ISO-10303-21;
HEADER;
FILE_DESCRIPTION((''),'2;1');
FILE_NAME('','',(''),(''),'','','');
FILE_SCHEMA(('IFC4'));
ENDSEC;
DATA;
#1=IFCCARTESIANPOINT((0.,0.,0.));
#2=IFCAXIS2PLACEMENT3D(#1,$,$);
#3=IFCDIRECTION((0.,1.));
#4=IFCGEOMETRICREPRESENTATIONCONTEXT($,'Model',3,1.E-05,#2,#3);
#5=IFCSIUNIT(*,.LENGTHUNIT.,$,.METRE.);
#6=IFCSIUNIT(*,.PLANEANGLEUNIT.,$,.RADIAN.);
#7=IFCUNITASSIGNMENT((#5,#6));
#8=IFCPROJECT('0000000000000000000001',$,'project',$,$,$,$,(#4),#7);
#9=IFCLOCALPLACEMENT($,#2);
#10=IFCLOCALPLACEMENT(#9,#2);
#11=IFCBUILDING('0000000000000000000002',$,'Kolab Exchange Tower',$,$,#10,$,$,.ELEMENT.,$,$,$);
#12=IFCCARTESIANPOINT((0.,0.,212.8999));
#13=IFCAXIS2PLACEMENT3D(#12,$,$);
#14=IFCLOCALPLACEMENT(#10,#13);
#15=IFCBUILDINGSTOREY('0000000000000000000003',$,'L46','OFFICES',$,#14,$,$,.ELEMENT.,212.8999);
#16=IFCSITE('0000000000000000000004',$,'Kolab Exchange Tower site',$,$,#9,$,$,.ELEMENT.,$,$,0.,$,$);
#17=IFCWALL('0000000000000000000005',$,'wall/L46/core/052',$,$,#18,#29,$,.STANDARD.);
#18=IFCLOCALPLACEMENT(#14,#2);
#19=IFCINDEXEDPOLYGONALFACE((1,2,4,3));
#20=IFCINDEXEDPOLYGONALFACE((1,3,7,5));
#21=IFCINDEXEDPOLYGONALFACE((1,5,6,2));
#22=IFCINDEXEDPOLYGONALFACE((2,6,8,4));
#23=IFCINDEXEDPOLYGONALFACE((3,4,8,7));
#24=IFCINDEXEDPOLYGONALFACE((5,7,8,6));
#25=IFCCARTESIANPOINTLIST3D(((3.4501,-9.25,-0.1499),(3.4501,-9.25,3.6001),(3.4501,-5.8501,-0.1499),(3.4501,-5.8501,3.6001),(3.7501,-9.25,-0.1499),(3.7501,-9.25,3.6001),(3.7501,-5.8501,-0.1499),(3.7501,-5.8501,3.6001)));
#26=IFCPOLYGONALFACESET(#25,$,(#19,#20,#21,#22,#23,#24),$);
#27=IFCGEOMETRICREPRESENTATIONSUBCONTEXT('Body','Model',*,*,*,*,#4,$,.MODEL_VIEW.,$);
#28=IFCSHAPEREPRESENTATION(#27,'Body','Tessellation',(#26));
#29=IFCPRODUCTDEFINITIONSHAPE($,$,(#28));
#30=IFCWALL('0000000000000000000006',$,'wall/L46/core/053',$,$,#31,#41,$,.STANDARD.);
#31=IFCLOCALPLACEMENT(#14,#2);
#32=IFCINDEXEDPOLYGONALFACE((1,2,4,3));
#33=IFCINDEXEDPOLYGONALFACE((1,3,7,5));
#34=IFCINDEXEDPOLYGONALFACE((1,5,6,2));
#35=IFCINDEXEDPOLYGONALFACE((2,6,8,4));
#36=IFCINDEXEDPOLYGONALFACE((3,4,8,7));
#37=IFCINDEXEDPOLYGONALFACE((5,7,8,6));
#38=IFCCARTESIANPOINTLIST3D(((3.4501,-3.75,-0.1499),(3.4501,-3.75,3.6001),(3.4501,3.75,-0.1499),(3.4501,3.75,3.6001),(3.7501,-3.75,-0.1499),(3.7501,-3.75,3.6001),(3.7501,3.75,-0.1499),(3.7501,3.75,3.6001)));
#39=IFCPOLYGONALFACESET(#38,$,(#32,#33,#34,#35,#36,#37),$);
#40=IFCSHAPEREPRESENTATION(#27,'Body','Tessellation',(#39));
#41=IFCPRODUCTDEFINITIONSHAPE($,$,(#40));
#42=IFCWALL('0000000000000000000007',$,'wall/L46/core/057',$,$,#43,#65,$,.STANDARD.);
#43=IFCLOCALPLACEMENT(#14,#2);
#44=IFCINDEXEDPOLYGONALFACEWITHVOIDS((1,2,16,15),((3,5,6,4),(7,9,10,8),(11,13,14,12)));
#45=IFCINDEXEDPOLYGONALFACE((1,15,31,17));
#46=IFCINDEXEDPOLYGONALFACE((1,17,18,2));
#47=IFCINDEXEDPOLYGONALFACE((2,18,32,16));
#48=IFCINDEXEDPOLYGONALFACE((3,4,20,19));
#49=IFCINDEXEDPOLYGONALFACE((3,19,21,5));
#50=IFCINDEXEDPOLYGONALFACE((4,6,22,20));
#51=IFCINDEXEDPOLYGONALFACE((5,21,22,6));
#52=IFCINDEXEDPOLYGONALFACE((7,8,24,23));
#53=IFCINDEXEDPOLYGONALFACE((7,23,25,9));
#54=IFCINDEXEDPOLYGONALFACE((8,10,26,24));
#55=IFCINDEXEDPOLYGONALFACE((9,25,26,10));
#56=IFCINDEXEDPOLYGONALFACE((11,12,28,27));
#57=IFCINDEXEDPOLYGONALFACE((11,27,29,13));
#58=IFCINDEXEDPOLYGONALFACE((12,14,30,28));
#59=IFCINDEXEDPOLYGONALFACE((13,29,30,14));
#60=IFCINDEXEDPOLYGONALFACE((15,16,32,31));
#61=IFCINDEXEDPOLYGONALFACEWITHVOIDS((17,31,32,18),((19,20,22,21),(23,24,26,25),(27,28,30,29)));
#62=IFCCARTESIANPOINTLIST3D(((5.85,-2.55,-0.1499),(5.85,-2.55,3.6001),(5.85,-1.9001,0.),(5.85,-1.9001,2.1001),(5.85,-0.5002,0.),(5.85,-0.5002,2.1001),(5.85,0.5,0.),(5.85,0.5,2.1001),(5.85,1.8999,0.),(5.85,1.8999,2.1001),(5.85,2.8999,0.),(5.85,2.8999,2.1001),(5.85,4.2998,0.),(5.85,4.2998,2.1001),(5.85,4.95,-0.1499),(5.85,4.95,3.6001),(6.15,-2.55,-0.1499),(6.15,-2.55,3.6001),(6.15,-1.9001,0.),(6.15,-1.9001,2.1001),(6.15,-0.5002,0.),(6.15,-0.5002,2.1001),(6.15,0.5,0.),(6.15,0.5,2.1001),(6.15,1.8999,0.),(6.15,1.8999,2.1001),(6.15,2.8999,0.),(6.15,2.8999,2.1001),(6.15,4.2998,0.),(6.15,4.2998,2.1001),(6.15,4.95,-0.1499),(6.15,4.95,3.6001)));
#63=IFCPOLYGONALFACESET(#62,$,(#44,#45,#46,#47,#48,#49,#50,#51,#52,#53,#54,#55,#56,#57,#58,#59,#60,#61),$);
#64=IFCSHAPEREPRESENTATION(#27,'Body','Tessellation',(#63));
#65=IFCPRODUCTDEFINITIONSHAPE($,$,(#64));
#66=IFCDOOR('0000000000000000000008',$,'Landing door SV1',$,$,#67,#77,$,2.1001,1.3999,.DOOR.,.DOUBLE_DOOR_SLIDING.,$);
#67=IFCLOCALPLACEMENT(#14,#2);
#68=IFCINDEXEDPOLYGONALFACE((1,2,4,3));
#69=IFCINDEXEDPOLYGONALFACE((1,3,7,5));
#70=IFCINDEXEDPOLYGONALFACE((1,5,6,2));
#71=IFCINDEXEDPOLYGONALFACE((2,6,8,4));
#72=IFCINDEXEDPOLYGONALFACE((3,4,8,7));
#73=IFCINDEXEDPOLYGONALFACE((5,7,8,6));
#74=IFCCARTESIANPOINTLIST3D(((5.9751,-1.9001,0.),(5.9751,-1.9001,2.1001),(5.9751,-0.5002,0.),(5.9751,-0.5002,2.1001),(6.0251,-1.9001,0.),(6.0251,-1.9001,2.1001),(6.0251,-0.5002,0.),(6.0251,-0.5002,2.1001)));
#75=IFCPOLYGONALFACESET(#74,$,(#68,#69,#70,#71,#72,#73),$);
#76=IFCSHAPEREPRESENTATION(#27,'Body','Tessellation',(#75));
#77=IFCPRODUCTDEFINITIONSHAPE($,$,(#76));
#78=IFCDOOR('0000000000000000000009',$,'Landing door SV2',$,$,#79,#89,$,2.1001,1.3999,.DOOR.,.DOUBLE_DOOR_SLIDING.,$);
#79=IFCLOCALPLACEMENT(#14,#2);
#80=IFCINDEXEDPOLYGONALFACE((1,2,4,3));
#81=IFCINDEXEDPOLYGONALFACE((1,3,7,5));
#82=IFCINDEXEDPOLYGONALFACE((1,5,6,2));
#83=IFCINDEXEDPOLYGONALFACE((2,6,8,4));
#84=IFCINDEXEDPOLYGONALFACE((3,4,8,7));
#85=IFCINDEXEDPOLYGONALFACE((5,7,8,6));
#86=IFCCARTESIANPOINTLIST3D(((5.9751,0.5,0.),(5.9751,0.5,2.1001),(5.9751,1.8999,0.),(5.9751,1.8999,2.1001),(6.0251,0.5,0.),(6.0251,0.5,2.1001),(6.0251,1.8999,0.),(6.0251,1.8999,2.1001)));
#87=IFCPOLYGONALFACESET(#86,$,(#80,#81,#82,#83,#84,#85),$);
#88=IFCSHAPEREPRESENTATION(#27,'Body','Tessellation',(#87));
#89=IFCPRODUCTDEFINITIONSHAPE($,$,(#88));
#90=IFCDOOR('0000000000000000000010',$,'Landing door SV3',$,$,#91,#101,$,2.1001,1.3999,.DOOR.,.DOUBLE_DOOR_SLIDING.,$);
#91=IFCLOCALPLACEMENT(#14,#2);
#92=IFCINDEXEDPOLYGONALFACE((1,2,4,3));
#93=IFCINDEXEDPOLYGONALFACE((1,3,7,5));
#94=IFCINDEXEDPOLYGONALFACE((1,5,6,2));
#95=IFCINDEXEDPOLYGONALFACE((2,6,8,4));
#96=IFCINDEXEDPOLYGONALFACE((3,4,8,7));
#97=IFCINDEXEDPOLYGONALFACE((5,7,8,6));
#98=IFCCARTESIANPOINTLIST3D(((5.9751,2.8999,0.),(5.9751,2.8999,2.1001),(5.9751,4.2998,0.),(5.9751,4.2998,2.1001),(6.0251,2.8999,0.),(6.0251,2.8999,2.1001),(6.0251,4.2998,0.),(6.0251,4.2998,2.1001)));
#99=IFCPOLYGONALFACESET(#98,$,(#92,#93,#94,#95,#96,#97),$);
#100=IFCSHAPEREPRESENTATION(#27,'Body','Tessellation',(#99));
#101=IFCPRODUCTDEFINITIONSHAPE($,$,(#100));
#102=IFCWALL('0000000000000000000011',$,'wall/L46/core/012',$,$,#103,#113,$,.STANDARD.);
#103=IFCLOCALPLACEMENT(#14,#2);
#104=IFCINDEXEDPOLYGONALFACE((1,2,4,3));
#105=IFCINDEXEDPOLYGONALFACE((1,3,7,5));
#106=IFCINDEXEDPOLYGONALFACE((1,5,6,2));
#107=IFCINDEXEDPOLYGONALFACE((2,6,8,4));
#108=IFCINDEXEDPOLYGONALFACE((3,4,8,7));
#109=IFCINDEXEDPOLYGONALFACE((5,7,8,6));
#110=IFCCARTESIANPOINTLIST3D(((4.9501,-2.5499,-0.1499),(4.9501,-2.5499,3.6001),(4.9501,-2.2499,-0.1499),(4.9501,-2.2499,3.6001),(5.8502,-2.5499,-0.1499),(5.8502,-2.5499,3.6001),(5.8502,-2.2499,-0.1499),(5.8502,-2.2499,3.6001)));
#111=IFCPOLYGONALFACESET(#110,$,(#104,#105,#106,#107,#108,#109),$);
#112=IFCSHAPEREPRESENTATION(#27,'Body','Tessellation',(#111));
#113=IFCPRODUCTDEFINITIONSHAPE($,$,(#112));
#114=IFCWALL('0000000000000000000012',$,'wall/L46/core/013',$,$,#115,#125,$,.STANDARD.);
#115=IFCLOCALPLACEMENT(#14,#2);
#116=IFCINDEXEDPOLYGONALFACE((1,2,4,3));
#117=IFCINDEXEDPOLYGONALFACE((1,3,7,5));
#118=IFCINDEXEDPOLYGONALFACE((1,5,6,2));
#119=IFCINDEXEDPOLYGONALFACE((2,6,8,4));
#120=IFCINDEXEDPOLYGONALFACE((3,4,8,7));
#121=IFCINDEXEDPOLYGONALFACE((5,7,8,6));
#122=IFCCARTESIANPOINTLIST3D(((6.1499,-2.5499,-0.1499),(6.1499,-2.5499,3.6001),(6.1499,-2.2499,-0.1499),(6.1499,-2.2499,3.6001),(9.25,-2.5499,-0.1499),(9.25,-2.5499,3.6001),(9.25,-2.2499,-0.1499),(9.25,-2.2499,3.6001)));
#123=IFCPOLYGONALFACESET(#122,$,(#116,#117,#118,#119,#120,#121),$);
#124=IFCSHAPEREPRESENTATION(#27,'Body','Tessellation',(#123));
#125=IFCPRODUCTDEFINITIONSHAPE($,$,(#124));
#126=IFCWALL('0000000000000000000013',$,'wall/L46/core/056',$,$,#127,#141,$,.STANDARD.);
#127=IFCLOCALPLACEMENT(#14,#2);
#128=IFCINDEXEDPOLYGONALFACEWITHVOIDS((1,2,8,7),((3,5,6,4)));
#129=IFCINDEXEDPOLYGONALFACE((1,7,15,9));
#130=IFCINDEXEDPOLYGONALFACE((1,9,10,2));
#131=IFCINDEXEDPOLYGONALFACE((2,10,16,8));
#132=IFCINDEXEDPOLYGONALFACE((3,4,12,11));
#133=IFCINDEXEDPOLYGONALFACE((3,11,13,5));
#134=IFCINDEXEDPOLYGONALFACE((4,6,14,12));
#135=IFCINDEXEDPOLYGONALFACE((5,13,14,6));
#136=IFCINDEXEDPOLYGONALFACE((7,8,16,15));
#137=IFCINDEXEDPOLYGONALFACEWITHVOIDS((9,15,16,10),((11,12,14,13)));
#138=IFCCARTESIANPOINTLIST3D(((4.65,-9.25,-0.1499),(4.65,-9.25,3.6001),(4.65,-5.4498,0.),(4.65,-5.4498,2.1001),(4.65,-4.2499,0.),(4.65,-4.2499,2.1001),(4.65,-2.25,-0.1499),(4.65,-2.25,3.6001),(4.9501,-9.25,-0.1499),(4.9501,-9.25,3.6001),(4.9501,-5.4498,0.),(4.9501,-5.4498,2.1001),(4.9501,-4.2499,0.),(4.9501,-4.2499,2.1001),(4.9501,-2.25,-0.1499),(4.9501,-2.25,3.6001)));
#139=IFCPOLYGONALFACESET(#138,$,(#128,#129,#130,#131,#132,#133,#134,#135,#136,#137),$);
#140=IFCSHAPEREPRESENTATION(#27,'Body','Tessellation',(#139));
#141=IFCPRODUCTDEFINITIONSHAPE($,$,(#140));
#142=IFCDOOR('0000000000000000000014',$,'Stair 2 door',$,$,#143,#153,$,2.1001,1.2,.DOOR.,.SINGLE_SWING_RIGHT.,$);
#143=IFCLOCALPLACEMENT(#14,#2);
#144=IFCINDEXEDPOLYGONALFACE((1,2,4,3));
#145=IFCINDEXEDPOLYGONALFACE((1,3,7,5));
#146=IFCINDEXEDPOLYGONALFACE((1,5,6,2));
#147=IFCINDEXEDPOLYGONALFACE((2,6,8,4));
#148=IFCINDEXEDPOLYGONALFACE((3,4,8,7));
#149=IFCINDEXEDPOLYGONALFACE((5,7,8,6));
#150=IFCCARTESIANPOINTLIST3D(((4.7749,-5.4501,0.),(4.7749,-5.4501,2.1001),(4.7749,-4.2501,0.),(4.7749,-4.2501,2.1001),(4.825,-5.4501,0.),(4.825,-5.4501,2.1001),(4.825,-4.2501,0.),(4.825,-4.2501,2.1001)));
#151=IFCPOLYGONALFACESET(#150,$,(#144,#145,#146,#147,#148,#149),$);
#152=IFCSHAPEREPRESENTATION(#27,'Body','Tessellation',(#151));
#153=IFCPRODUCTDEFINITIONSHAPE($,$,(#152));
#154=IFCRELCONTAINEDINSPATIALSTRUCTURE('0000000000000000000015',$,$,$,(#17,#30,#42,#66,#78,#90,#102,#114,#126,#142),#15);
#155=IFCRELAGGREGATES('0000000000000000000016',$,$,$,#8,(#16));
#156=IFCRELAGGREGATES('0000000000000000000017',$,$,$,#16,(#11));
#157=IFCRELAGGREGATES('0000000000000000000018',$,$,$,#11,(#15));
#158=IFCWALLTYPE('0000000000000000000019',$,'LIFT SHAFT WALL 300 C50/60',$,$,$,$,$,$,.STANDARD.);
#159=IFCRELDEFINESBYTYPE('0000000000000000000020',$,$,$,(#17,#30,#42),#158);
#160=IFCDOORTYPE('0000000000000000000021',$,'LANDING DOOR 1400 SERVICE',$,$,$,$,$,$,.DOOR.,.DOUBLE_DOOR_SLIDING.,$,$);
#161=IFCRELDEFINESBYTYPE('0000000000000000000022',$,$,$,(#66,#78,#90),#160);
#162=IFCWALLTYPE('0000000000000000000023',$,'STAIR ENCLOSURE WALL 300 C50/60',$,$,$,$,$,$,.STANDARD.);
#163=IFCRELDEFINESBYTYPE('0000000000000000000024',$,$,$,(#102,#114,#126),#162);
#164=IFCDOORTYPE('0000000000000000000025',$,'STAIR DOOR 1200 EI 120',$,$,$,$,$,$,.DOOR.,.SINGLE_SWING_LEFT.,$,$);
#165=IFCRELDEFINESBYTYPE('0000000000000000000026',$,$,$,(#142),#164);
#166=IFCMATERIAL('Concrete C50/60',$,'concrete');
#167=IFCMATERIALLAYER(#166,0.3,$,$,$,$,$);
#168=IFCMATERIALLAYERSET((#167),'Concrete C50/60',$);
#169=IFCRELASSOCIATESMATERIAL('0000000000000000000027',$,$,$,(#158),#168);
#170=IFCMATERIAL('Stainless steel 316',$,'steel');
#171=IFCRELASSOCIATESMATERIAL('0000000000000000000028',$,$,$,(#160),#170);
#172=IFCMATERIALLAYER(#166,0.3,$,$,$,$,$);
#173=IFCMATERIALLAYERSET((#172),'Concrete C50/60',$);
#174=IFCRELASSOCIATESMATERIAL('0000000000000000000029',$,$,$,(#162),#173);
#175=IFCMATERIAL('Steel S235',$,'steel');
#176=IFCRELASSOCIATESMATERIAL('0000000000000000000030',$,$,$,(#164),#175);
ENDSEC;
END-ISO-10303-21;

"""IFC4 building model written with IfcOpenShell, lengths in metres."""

from ifc_helpers import new_model, si_unit, direction, frame, frame_2d, origin, place, context, subcontext, project, spatial, rectangle, extrude, material, layer, layer_set, type_object, element, fill, save


model = new_model("IFC4")

# Units and contexts
model_context = context("Model", 3, precision=1e-05, world=origin(), true_north=direction((0.0, 1.0)))
body_context = subcontext(model_context, "Body", "Model", "MODEL_VIEW")
ifc_project = project(units=[si_unit("LENGTHUNIT", "METRE"), si_unit("PLANEANGLEUNIT", "RADIAN")], contexts=[model_context])

# Site, building, storey
site_placement = place(None, origin())
site = spatial("IfcSite", under=ifc_project, at=site_placement, Name="Kolab Exchange Tower site", CompositionType="ELEMENT", RefElevation=0.0)
building_placement = place(site_placement, origin())
building = spatial("IfcBuilding", under=site, at=building_placement, Name="Kolab Exchange Tower", CompositionType="ELEMENT")
storey_placement = place(building_placement, frame((0.0, 0.0, 212.8999)))
storey = spatial("IfcBuildingStorey", under=building, at=storey_placement, Name="L46", Description="OFFICES", CompositionType="ELEMENT", Elevation=212.8999)

# Shared definitions
ifc_material_1 = material(Name="Concrete C50/60", Category="concrete")
ifc_layer_1 = layer(ifc_material_1, 0.3)
ifc_layer_set_1 = layer_set([ifc_layer_1], Name="Concrete C50/60")
wall_type_1 = type_object("IfcWallType", Name="LIFT SHAFT WALL 300 C50/60", PredefinedType="STANDARD", material=ifc_layer_set_1)
ifc_material_2 = material(Name="Stainless steel 316", Category="steel")

# Walls
wall_1_placement = place(storey_placement, frame((3.6001, -9.25, -0.1499), z_axis=(0.0, 0.0, 1.0), x_axis=(0.0, 1.0, 0.0)))
element("IfcWall", 1, at=wall_1_placement, inside=storey, type_object=wall_type_1, Name="wall/L46/core/052", PredefinedType="STANDARD", context=body_context, shape_type="SweptSolid", body=[
    extrude(rectangle(XDim=3.3999, YDim=0.3, at=frame_2d((1.7, 0.0))), origin(), (0.0, 0.0, 1.0), 3.75),
])
wall_2_placement = place(storey_placement, frame((3.6001, -3.75, -0.1499), z_axis=(0.0, 0.0, 1.0), x_axis=(0.0, 1.0, 0.0)))
element("IfcWall", 2, at=wall_2_placement, inside=storey, type_object=wall_type_1, Name="wall/L46/core/053", PredefinedType="STANDARD", context=body_context, shape_type="SweptSolid", body=[
    extrude(rectangle(XDim=7.5, YDim=0.3, at=frame_2d((3.75, 0.0))), origin(), (0.0, 0.0, 1.0), 3.75),
])

# Wall, openings, doors
wall_3_placement = place(storey_placement, frame((6.0, -2.55, -0.1499), z_axis=(0.0, 0.0, 1.0), x_axis=(0.0, 1.0, 0.0)))
wall_3 = element("IfcWall", 3, at=wall_3_placement, inside=storey, type_object=wall_type_1, Name="wall/L46/core/057", PredefinedType="STANDARD", context=body_context, shape_type="SweptSolid", body=[
    extrude(rectangle(XDim=7.5, YDim=0.3, at=frame_2d((3.75, 0.0))), origin(), (0.0, 0.0, 1.0), 3.75),
])
opening_1_placement = place(wall_3_placement, frame((0.6499, 0.0, 0.1499)))
opening_1 = element("IfcOpeningElement", 4, at=opening_1_placement, cuts=wall_3, PredefinedType="OPENING", context=body_context, shape_type="SweptSolid", body=[
    extrude(rectangle(XDim=1.3999, YDim=2.1001, at=frame_2d((0.7, 1.05))), frame((0.0, 0.1602, 0.0), z_axis=(0.0, -1.0, 0.0), x_axis=(1.0, 0.0, 0.0)), (0.0, 0.0, 1.0), 0.3201),
])
opening_2_placement = place(wall_3_placement, frame((3.05, 0.0, 0.1499)))
opening_2 = element("IfcOpeningElement", 5, at=opening_2_placement, cuts=wall_3, PredefinedType="OPENING", context=body_context, shape_type="SweptSolid", body=[
    extrude(rectangle(XDim=1.3999, YDim=2.1001, at=frame_2d((0.7, 1.05))), frame((0.0, 0.1602, 0.0), z_axis=(0.0, -1.0, 0.0), x_axis=(1.0, 0.0, 0.0)), (0.0, 0.0, 1.0), 0.3201),
])
opening_3_placement = place(wall_3_placement, frame((5.45, 0.0, 0.1499)))
opening_3 = element("IfcOpeningElement", 6, at=opening_3_placement, cuts=wall_3, PredefinedType="OPENING", context=body_context, shape_type="SweptSolid", body=[
    extrude(rectangle(XDim=1.3999, YDim=2.1001, at=frame_2d((0.7, 1.05))), frame((0.0, 0.1602, 0.0), z_axis=(0.0, -1.0, 0.0), x_axis=(1.0, 0.0, 0.0)), (0.0, 0.0, 1.0), 0.3201),
])
door_type_1 = type_object("IfcDoorType", Name="LANDING DOOR 1400 SERVICE", OperationType="DOUBLE_DOOR_SLIDING", PredefinedType="DOOR", material=ifc_material_2)
door_1_placement = place(opening_1_placement, origin())
door_1 = element("IfcDoor", 7, at=door_1_placement, inside=storey, type_object=door_type_1, Name="Landing door SV1", OperationType="DOUBLE_DOOR_SLIDING", OverallHeight=2.1001, OverallWidth=1.3999, PredefinedType="DOOR", context=body_context, shape_type="SweptSolid", body=[
    extrude(rectangle(XDim=1.3999, YDim=2.1001, at=frame_2d((0.7, 1.05))), frame((0.0, 0.0249, 0.0), z_axis=(0.0, -1.0, 0.0), x_axis=(1.0, 0.0, 0.0)), (0.0, 0.0, 1.0), 0.05),
])
fill(opening_1, door_1)
door_2_placement = place(opening_2_placement, origin())
door_2 = element("IfcDoor", 8, at=door_2_placement, inside=storey, type_object=door_type_1, Name="Landing door SV2", OperationType="DOUBLE_DOOR_SLIDING", OverallHeight=2.1001, OverallWidth=1.3999, PredefinedType="DOOR", context=body_context, shape_type="SweptSolid", body=[
    extrude(rectangle(XDim=1.3999, YDim=2.1001, at=frame_2d((0.7, 1.05))), frame((0.0, 0.0249, 0.0), z_axis=(0.0, -1.0, 0.0), x_axis=(1.0, 0.0, 0.0)), (0.0, 0.0, 1.0), 0.05),
])
fill(opening_2, door_2)
door_3_placement = place(opening_3_placement, origin())
door_3 = element("IfcDoor", 9, at=door_3_placement, inside=storey, type_object=door_type_1, Name="Landing door SV3", OperationType="DOUBLE_DOOR_SLIDING", OverallHeight=2.1001, OverallWidth=1.3999, PredefinedType="DOOR", context=body_context, shape_type="SweptSolid", body=[
    extrude(rectangle(XDim=1.3999, YDim=2.1001, at=frame_2d((0.7, 1.05))), frame((0.0, 0.0249, 0.0), z_axis=(0.0, -1.0, 0.0), x_axis=(1.0, 0.0, 0.0)), (0.0, 0.0, 1.0), 0.05),
])
fill(opening_3, door_3)

# Walls
ifc_layer_2 = layer(ifc_material_1, 0.3)
ifc_layer_set_2 = layer_set([ifc_layer_2], Name="Concrete C50/60")
wall_type_2 = type_object("IfcWallType", Name="STAIR ENCLOSURE WALL 300 C50/60", PredefinedType="STANDARD", material=ifc_layer_set_2)
wall_4_placement = place(storey_placement, frame((4.95, -2.3999, -0.1499), z_axis=(0.0, 0.0, 1.0), x_axis=(1.0, 0.0, 0.0)))
element("IfcWall", 10, at=wall_4_placement, inside=storey, type_object=wall_type_2, Name="wall/L46/core/012", PredefinedType="STANDARD", context=body_context, shape_type="SweptSolid", body=[
    extrude(rectangle(XDim=0.9001, YDim=0.3, at=frame_2d((0.4502, 0.0))), origin(), (0.0, 0.0, 1.0), 3.75),
])
wall_5_placement = place(storey_placement, frame((6.1499, -2.3999, -0.1499), z_axis=(0.0, 0.0, 1.0), x_axis=(1.0, 0.0, 0.0)))
element("IfcWall", 11, at=wall_5_placement, inside=storey, type_object=wall_type_2, Name="wall/L46/core/013", PredefinedType="STANDARD", context=body_context, shape_type="SweptSolid", body=[
    extrude(rectangle(XDim=3.1001, YDim=0.3, at=frame_2d((1.55, 0.0))), origin(), (0.0, 0.0, 1.0), 3.75),
])

# Wall, opening, door
wall_6_placement = place(storey_placement, frame((4.8, -9.25, -0.1499), z_axis=(0.0, 0.0, 1.0), x_axis=(0.0, 1.0, 0.0)))
wall_6 = element("IfcWall", 12, at=wall_6_placement, inside=storey, type_object=wall_type_2, Name="wall/L46/core/056", PredefinedType="STANDARD", context=body_context, shape_type="SweptSolid", body=[
    extrude(rectangle(XDim=7.0, YDim=0.3, at=frame_2d((3.5, 0.0))), origin(), (0.0, 0.0, 1.0), 3.75),
])
opening_4_placement = place(wall_6_placement, frame((3.8, 0.0, 0.1499)))
opening_4 = element("IfcOpeningElement", 13, at=opening_4_placement, cuts=wall_6, PredefinedType="OPENING", context=body_context, shape_type="SweptSolid", body=[
    extrude(rectangle(XDim=1.2, YDim=2.1001, at=frame_2d((0.6001, 1.05))), frame((0.0, 0.1602, 0.0), z_axis=(0.0, -1.0, 0.0), x_axis=(1.0, 0.0, 0.0)), (0.0, 0.0, 1.0), 0.3201),
])
ifc_material_3 = material(Name="Steel S235", Category="steel")
door_type_2 = type_object("IfcDoorType", Name="STAIR DOOR 1200 EI 120", OperationType="SINGLE_SWING_LEFT", PredefinedType="DOOR", material=ifc_material_3)
door_4_placement = place(opening_4_placement, frame((1.2, 0.0, 0.0), z_axis=(0.0, 0.0, 1.0), x_axis=(-1.0, 0.0, 0.0)))
door_4 = element("IfcDoor", 14, at=door_4_placement, inside=storey, type_object=door_type_2, Name="Stair 2 door", OperationType="SINGLE_SWING_RIGHT", OverallHeight=2.1001, OverallWidth=1.2, PredefinedType="DOOR", context=body_context, shape_type="SweptSolid", body=[
    extrude(rectangle(XDim=1.2, YDim=2.1001, at=frame_2d((0.6001, 1.05))), frame((0.0, 0.0249, 0.0), z_axis=(0.0, -1.0, 0.0), x_axis=(1.0, 0.0, 0.0)), (0.0, 0.0, 1.0), 0.05),
])
fill(opening_4, door_4)

save(model, "model.ifc")
